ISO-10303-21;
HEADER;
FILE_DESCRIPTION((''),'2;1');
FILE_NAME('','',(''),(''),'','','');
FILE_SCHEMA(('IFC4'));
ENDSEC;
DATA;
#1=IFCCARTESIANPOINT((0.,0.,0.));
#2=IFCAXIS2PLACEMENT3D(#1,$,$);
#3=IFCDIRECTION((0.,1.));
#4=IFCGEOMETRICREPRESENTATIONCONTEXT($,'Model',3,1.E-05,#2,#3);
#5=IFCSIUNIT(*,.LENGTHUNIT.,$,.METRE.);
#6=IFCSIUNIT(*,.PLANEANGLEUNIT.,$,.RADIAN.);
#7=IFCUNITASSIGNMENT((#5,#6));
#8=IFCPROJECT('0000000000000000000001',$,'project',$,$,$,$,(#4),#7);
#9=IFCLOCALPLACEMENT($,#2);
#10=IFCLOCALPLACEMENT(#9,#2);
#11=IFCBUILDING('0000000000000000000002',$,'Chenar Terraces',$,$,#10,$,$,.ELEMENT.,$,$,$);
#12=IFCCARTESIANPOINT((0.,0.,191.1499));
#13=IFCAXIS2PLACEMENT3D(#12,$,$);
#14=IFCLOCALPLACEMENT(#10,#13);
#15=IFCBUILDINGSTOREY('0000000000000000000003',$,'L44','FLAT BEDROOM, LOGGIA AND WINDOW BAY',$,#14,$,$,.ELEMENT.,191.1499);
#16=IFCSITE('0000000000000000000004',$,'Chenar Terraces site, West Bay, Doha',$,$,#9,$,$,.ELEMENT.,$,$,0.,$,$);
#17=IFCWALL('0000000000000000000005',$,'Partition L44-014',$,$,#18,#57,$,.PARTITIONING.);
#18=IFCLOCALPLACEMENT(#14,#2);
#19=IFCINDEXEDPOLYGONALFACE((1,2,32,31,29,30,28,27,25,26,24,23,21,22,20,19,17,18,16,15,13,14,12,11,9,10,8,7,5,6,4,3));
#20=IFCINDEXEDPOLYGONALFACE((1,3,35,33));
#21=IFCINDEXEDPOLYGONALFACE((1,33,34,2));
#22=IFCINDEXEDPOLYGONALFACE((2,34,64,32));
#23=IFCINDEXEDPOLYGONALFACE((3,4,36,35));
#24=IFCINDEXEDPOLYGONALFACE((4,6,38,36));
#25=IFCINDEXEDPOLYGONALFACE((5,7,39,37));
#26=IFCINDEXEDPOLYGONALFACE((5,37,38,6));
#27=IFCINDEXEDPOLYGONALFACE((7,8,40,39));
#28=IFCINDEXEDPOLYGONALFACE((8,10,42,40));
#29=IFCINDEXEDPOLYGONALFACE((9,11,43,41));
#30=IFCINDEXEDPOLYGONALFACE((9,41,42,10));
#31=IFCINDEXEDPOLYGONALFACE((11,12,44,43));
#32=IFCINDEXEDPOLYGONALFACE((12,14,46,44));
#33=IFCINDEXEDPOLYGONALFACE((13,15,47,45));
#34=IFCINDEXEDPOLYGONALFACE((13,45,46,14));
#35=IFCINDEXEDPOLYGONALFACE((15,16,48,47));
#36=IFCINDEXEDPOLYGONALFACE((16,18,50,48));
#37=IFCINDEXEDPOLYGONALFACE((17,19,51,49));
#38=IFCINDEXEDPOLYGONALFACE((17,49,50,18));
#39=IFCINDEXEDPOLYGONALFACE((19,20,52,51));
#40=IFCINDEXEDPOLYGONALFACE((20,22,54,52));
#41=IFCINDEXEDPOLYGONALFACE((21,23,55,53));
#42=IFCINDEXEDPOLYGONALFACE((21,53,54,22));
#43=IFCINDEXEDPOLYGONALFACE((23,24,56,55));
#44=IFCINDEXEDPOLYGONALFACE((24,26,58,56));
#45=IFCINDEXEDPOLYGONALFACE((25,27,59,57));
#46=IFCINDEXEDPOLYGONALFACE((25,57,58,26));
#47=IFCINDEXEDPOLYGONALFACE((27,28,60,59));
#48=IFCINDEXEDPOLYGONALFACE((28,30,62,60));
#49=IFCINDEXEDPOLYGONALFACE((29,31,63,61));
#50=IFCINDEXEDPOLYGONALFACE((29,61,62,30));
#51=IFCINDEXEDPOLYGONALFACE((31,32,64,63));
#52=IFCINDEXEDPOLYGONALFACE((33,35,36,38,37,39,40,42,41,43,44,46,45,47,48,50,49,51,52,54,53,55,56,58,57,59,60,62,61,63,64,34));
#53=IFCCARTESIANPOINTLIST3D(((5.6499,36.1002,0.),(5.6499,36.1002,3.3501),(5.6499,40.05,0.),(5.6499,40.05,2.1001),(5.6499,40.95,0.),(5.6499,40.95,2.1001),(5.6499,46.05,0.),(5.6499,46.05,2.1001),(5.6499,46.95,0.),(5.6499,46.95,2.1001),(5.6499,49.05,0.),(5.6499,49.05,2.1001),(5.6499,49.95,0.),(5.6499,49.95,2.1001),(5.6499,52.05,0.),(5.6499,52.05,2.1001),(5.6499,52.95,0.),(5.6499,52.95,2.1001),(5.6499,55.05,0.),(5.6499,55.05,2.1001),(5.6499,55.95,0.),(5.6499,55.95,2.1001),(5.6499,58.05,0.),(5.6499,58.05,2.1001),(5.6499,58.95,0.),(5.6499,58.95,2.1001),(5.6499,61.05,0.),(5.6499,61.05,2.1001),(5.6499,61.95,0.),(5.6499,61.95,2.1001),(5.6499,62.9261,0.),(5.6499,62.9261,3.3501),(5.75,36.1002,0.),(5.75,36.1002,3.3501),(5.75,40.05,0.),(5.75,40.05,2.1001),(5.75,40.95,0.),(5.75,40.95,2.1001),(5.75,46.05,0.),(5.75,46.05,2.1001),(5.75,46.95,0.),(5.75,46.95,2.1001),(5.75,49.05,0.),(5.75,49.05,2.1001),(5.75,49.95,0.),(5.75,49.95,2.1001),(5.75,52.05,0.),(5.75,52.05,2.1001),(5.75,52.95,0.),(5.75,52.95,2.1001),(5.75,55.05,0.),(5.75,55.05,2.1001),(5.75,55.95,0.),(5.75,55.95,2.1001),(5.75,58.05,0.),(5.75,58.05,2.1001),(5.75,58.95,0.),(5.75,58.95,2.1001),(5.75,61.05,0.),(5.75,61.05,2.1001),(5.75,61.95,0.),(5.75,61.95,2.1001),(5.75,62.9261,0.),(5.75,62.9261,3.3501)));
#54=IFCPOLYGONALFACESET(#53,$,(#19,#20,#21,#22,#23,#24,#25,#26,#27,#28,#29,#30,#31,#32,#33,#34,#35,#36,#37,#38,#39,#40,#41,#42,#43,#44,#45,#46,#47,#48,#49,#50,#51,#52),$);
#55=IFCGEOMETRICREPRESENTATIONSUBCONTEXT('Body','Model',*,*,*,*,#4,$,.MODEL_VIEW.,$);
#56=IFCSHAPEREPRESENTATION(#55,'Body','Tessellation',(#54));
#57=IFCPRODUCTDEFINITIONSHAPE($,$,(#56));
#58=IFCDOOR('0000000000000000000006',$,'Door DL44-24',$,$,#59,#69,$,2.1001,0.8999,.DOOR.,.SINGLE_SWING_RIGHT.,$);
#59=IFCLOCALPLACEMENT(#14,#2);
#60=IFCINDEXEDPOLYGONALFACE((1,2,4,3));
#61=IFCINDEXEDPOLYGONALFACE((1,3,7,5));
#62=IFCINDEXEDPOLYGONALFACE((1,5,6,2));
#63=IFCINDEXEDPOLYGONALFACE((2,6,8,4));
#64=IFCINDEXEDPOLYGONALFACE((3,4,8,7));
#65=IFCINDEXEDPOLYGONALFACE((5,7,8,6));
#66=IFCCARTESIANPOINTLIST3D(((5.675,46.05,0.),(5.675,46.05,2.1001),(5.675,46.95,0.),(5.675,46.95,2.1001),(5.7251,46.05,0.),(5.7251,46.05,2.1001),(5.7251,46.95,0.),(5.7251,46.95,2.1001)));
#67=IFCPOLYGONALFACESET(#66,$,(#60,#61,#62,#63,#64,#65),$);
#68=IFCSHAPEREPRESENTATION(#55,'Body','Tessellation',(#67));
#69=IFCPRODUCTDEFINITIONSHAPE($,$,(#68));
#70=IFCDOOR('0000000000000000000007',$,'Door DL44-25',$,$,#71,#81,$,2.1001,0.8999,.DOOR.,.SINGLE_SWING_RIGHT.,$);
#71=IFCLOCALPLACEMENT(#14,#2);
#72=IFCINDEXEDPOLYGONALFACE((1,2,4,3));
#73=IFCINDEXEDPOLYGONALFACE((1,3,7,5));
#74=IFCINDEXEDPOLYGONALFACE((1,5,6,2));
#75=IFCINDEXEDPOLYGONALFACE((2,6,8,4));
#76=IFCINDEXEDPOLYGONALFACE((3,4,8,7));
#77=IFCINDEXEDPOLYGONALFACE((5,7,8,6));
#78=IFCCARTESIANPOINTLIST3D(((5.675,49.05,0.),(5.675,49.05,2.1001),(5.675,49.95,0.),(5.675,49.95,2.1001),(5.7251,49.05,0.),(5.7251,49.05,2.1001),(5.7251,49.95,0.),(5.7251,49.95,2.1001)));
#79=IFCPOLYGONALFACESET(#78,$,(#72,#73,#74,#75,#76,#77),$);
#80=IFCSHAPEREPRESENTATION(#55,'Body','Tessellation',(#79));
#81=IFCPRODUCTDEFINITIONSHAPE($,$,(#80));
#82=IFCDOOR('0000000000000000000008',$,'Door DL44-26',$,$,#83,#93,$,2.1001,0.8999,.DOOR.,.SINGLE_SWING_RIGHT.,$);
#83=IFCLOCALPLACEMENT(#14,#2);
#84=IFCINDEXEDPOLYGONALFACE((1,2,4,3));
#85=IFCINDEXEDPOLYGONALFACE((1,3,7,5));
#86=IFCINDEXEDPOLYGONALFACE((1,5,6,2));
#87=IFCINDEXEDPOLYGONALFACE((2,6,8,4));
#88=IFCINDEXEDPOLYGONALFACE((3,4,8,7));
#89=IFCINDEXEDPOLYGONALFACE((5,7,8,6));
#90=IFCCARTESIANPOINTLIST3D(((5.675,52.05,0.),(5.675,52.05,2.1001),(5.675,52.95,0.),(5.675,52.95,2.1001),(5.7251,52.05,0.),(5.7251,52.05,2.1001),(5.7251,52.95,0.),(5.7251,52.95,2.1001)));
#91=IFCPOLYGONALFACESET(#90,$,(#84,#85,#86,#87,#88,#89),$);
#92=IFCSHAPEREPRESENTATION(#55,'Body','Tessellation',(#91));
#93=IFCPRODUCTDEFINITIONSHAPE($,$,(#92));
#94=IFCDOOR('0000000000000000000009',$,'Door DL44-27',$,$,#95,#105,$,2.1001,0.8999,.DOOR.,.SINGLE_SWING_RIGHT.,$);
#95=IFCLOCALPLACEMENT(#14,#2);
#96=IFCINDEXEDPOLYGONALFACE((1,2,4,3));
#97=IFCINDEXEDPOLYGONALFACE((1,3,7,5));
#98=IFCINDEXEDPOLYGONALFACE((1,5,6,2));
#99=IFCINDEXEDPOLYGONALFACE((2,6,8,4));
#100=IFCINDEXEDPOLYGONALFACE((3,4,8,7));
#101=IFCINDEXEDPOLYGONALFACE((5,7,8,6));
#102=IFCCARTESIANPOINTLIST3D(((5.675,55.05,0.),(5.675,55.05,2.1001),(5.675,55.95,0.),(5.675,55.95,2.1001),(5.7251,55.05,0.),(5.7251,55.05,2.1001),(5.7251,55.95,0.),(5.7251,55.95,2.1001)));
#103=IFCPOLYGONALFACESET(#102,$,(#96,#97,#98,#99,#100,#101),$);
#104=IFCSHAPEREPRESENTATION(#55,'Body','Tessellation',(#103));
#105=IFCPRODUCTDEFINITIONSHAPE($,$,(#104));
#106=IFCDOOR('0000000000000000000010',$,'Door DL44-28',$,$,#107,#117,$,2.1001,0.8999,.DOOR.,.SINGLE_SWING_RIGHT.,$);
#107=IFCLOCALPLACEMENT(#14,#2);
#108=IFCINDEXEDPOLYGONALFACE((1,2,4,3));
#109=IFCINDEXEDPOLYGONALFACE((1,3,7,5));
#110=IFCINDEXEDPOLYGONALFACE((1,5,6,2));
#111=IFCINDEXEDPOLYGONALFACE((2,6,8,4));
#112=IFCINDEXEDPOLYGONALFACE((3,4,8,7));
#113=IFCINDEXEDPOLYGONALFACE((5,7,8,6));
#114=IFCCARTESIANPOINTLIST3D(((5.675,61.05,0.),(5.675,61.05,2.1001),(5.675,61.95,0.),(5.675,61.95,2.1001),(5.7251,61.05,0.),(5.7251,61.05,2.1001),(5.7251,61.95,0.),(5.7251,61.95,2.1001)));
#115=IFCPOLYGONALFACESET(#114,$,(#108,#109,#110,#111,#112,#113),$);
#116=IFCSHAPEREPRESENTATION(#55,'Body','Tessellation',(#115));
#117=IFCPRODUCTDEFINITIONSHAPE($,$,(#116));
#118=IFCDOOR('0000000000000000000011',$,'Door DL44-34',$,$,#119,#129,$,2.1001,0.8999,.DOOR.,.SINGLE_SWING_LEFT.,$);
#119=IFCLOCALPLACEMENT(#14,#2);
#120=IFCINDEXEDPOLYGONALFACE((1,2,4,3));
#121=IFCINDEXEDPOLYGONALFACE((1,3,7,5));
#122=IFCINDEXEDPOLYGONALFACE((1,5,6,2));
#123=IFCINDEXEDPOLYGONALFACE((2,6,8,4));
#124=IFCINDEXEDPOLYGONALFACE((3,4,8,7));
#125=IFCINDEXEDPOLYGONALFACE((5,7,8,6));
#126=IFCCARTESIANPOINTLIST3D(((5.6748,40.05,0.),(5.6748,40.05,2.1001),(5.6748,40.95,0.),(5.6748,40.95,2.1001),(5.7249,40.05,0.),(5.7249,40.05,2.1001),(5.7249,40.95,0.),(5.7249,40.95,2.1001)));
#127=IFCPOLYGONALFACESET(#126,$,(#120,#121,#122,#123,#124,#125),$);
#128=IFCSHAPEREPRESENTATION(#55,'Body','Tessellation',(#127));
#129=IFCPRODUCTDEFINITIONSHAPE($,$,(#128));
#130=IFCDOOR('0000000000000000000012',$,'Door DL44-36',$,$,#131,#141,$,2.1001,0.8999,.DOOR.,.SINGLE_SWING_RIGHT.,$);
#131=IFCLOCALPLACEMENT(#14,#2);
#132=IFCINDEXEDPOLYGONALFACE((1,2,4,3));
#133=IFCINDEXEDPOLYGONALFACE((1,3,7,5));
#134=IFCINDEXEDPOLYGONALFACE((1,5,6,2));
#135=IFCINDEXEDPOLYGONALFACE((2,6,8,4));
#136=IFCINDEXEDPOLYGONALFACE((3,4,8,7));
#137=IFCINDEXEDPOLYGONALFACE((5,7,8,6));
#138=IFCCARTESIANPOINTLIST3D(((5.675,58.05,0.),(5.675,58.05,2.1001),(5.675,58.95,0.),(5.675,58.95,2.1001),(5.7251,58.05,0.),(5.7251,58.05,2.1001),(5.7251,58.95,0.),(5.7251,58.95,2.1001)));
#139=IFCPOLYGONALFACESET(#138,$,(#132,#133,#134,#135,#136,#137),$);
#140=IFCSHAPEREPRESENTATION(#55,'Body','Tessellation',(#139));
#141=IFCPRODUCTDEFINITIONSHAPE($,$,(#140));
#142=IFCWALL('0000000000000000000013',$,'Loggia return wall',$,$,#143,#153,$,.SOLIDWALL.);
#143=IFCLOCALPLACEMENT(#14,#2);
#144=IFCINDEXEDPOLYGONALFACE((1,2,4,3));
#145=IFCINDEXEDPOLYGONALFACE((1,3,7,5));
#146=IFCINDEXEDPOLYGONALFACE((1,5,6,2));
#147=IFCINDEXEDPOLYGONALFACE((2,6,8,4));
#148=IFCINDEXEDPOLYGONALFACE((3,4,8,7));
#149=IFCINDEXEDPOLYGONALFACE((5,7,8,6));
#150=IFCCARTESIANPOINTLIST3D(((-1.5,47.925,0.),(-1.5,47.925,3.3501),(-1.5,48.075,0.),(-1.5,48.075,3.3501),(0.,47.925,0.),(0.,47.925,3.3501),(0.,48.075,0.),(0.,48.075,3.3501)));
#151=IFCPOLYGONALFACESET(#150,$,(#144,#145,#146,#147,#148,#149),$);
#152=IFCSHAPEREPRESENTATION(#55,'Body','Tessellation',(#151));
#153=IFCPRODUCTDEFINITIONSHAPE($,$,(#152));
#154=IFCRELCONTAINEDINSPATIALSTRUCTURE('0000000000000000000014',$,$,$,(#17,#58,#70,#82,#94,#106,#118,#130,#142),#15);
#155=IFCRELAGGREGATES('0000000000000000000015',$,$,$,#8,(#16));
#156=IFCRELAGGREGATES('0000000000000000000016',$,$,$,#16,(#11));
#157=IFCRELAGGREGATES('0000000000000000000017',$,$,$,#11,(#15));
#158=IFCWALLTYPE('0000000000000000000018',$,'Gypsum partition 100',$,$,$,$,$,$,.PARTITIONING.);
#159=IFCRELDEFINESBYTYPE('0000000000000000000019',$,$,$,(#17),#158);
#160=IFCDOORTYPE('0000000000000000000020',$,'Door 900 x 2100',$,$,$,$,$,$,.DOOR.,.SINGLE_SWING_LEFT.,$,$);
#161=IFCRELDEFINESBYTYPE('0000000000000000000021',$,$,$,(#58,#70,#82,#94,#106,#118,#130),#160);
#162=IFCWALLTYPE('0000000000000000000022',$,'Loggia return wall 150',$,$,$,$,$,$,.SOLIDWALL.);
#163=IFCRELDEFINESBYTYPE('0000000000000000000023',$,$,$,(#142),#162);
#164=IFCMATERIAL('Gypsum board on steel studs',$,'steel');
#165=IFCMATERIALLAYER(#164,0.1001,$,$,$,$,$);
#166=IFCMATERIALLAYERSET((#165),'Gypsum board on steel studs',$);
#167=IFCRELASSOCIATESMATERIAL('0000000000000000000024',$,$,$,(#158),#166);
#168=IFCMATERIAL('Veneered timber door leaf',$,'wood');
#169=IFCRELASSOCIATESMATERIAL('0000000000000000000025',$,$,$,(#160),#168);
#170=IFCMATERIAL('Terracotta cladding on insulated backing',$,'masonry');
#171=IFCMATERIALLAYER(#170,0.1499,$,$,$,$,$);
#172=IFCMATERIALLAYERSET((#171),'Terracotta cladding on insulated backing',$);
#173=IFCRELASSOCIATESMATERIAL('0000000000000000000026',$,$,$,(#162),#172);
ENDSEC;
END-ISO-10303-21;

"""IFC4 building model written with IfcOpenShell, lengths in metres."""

from ifc_helpers import new_model, si_unit, direction, frame, frame_2d, origin, place, context, subcontext, project, spatial, rectangle, extrude, material, layer, layer_set, type_object, element, fill, save


model = new_model("IFC4")

# Units and contexts
model_context = context("Model", 3, precision=1e-05, world=origin(), true_north=direction((0.0, 1.0)))
body_context = subcontext(model_context, "Body", "Model", "MODEL_VIEW")
ifc_project = project(units=[si_unit("LENGTHUNIT", "METRE"), si_unit("PLANEANGLEUNIT", "RADIAN")], contexts=[model_context])

# Site, building, storey
site_placement = place(None, origin())
site = spatial("IfcSite", under=ifc_project, at=site_placement, Name="Chenar Terraces site, West Bay, Doha", CompositionType="ELEMENT", RefElevation=0.0)
building_placement = place(site_placement, origin())
building = spatial("IfcBuilding", under=site, at=building_placement, Name="Chenar Terraces", CompositionType="ELEMENT")
storey_placement = place(building_placement, frame((0.0, 0.0, 191.1499)))
storey = spatial("IfcBuildingStorey", under=building, at=storey_placement, Name="L44", Description="FLAT BEDROOM, LOGGIA AND WINDOW BAY", CompositionType="ELEMENT", Elevation=191.1499)

# Shared definitions
ifc_material_1 = material(Name="Gypsum board on steel studs", Category="steel")
ifc_layer_1 = layer(ifc_material_1, 0.1001)
ifc_layer_set_1 = layer_set([ifc_layer_1], Name="Gypsum board on steel studs")
wall_type_1 = type_object("IfcWallType", Name="Gypsum partition 100", PredefinedType="PARTITIONING", material=ifc_layer_set_1)

# Wall, openings, doors
wall_1_placement = place(storey_placement, frame((5.7, 36.1001, 0.0), z_axis=(0.0, 0.0, 1.0), x_axis=(0.0, 1.0, 0.0)))
wall_1 = element("IfcWall", 1, at=wall_1_placement, inside=storey, type_object=wall_type_1, Name="Partition L44-014", PredefinedType="PARTITIONING", context=body_context, shape_type="SweptSolid", body=[
    extrude(rectangle(XDim=26.8259, YDim=0.1001, at=frame_2d((13.4131, 0.0))), origin(), (0.0, 0.0, 1.0), 3.3501),
])
opening_1_placement = place(wall_1_placement, frame((9.95, 0.0, 0.0)))
opening_1 = element("IfcOpeningElement", 2, at=opening_1_placement, cuts=wall_1, PredefinedType="OPENING", context=body_context, shape_type="SweptSolid", body=[
    extrude(rectangle(XDim=0.8999, YDim=2.1001, at=frame_2d((0.45, 1.05))), frame((0.0, 0.0601, 0.0), z_axis=(0.0, -1.0, 0.0), x_axis=(1.0, 0.0, 0.0)), (0.0, 0.0, 1.0), 0.1201),
])
opening_2_placement = place(wall_1_placement, frame((12.95, 0.0, 0.0)))
opening_2 = element("IfcOpeningElement", 3, at=opening_2_placement, cuts=wall_1, PredefinedType="OPENING", context=body_context, shape_type="SweptSolid", body=[
    extrude(rectangle(XDim=0.8999, YDim=2.1001, at=frame_2d((0.45, 1.05))), frame((0.0, 0.0601, 0.0), z_axis=(0.0, -1.0, 0.0), x_axis=(1.0, 0.0, 0.0)), (0.0, 0.0, 1.0), 0.1201),
])
opening_3_placement = place(wall_1_placement, frame((15.95, 0.0, 0.0)))
opening_3 = element("IfcOpeningElement", 4, at=opening_3_placement, cuts=wall_1, PredefinedType="OPENING", context=body_context, shape_type="SweptSolid", body=[
    extrude(rectangle(XDim=0.8999, YDim=2.1001, at=frame_2d((0.45, 1.05))), frame((0.0, 0.0601, 0.0), z_axis=(0.0, -1.0, 0.0), x_axis=(1.0, 0.0, 0.0)), (0.0, 0.0, 1.0), 0.1201),
])
opening_4_placement = place(wall_1_placement, frame((18.95, 0.0, 0.0)))
opening_4 = element("IfcOpeningElement", 5, at=opening_4_placement, cuts=wall_1, PredefinedType="OPENING", context=body_context, shape_type="SweptSolid", body=[
    extrude(rectangle(XDim=0.8999, YDim=2.1001, at=frame_2d((0.45, 1.05))), frame((0.0, 0.0601, 0.0), z_axis=(0.0, -1.0, 0.0), x_axis=(1.0, 0.0, 0.0)), (0.0, 0.0, 1.0), 0.1201),
])
opening_5_placement = place(wall_1_placement, frame((24.95, 0.0, 0.0)))
opening_5 = element("IfcOpeningElement", 6, at=opening_5_placement, cuts=wall_1, PredefinedType="OPENING", context=body_context, shape_type="SweptSolid", body=[
    extrude(rectangle(XDim=0.8999, YDim=2.1001, at=frame_2d((0.45, 1.05))), frame((0.0, 0.0601, 0.0), z_axis=(0.0, -1.0, 0.0), x_axis=(1.0, 0.0, 0.0)), (0.0, 0.0, 1.0), 0.1201),
])
opening_6_placement = place(wall_1_placement, frame((3.95, 0.0, 0.0)))
opening_6 = element("IfcOpeningElement", 7, at=opening_6_placement, cuts=wall_1, PredefinedType="OPENING", context=body_context, shape_type="SweptSolid", body=[
    extrude(rectangle(XDim=0.8999, YDim=2.1001, at=frame_2d((0.45, 1.05))), frame((0.0, 0.0601, 0.0), z_axis=(0.0, -1.0, 0.0), x_axis=(1.0, 0.0, 0.0)), (0.0, 0.0, 1.0), 0.1201),
])
opening_7_placement = place(wall_1_placement, frame((21.95, 0.0, 0.0)))
opening_7 = element("IfcOpeningElement", 8, at=opening_7_placement, cuts=wall_1, PredefinedType="OPENING", context=body_context, shape_type="SweptSolid", body=[
    extrude(rectangle(XDim=0.8999, YDim=2.1001, at=frame_2d((0.45, 1.05))), frame((0.0, 0.0601, 0.0), z_axis=(0.0, -1.0, 0.0), x_axis=(1.0, 0.0, 0.0)), (0.0, 0.0, 1.0), 0.1201),
])
ifc_material_2 = material(Name="Veneered timber door leaf", Category="wood")
door_type = type_object("IfcDoorType", Name="Door 900 x 2100", OperationType="SINGLE_SWING_LEFT", PredefinedType="DOOR", material=ifc_material_2)
door_1_placement = place(opening_1_placement, origin())
door_1 = element("IfcDoor", 9, at=door_1_placement, inside=storey, type_object=door_type, Name="Door DL44-24", OperationType="SINGLE_SWING_RIGHT", OverallHeight=2.1001, OverallWidth=0.8999, PredefinedType="DOOR", context=body_context, shape_type="SweptSolid", body=[
    extrude(rectangle(XDim=0.8999, YDim=2.1001, at=frame_2d((0.45, 1.05))), frame((0.0, 0.0249, 0.0), z_axis=(0.0, -1.0, 0.0), x_axis=(1.0, 0.0, 0.0)), (0.0, 0.0, 1.0), 0.05),
])
fill(opening_1, door_1)
door_2_placement = place(opening_2_placement, origin())
door_2 = element("IfcDoor", 10, at=door_2_placement, inside=storey, type_object=door_type, Name="Door DL44-25", OperationType="SINGLE_SWING_RIGHT", OverallHeight=2.1001, OverallWidth=0.8999, PredefinedType="DOOR", context=body_context, shape_type="SweptSolid", body=[
    extrude(rectangle(XDim=0.8999, YDim=2.1001, at=frame_2d((0.45, 1.05))), frame((0.0, 0.0249, 0.0), z_axis=(0.0, -1.0, 0.0), x_axis=(1.0, 0.0, 0.0)), (0.0, 0.0, 1.0), 0.05),
])
fill(opening_2, door_2)
door_3_placement = place(opening_3_placement, origin())
door_3 = element("IfcDoor", 11, at=door_3_placement, inside=storey, type_object=door_type, Name="Door DL44-26", OperationType="SINGLE_SWING_RIGHT", OverallHeight=2.1001, OverallWidth=0.8999, PredefinedType="DOOR", context=body_context, shape_type="SweptSolid", body=[
    extrude(rectangle(XDim=0.8999, YDim=2.1001, at=frame_2d((0.45, 1.05))), frame((0.0, 0.0249, 0.0), z_axis=(0.0, -1.0, 0.0), x_axis=(1.0, 0.0, 0.0)), (0.0, 0.0, 1.0), 0.05),
])
fill(opening_3, door_3)
door_4_placement = place(opening_4_placement, origin())
door_4 = element("IfcDoor", 12, at=door_4_placement, inside=storey, type_object=door_type, Name="Door DL44-27", OperationType="SINGLE_SWING_RIGHT", OverallHeight=2.1001, OverallWidth=0.8999, PredefinedType="DOOR", context=body_context, shape_type="SweptSolid", body=[
    extrude(rectangle(XDim=0.8999, YDim=2.1001, at=frame_2d((0.45, 1.05))), frame((0.0, 0.0249, 0.0), z_axis=(0.0, -1.0, 0.0), x_axis=(1.0, 0.0, 0.0)), (0.0, 0.0, 1.0), 0.05),
])
fill(opening_4, door_4)
door_5_placement = place(opening_5_placement, origin())
door_5 = element("IfcDoor", 13, at=door_5_placement, inside=storey, type_object=door_type, Name="Door DL44-28", OperationType="SINGLE_SWING_RIGHT", OverallHeight=2.1001, OverallWidth=0.8999, PredefinedType="DOOR", context=body_context, shape_type="SweptSolid", body=[
    extrude(rectangle(XDim=0.8999, YDim=2.1001, at=frame_2d((0.45, 1.05))), frame((0.0, 0.0249, 0.0), z_axis=(0.0, -1.0, 0.0), x_axis=(1.0, 0.0, 0.0)), (0.0, 0.0, 1.0), 0.05),
])
fill(opening_5, door_5)
door_6_placement = place(opening_6_placement, frame((0.8999, 0.0, 0.0), z_axis=(0.0, 0.0, 1.0), x_axis=(-1.0, 0.0, 0.0)))
door_6 = element("IfcDoor", 14, at=door_6_placement, inside=storey, type_object=door_type, Name="Door DL44-34", OperationType="SINGLE_SWING_LEFT", OverallHeight=2.1001, OverallWidth=0.8999, PredefinedType="DOOR", context=body_context, shape_type="SweptSolid", body=[
    extrude(rectangle(XDim=0.8999, YDim=2.1001, at=frame_2d((0.45, 1.05))), frame((0.0, 0.0249, 0.0), z_axis=(0.0, -1.0, 0.0), x_axis=(1.0, 0.0, 0.0)), (0.0, 0.0, 1.0), 0.05),
])
fill(opening_6, door_6)
door_7_placement = place(opening_7_placement, origin())
door_7 = element("IfcDoor", 15, at=door_7_placement, inside=storey, type_object=door_type, Name="Door DL44-36", OperationType="SINGLE_SWING_RIGHT", OverallHeight=2.1001, OverallWidth=0.8999, PredefinedType="DOOR", context=body_context, shape_type="SweptSolid", body=[
    extrude(rectangle(XDim=0.8999, YDim=2.1001, at=frame_2d((0.45, 1.05))), frame((0.0, 0.0249, 0.0), z_axis=(0.0, -1.0, 0.0), x_axis=(1.0, 0.0, 0.0)), (0.0, 0.0, 1.0), 0.05),
])
fill(opening_7, door_7)

# Wall
ifc_material_3 = material(Name="Terracotta cladding on insulated backing", Category="masonry")
ifc_layer_2 = layer(ifc_material_3, 0.1499)
ifc_layer_set_2 = layer_set([ifc_layer_2], Name="Terracotta cladding on insulated backing")
wall_type_2 = type_object("IfcWallType", Name="Loggia return wall 150", PredefinedType="SOLIDWALL", material=ifc_layer_set_2)
wall_2_placement = place(storey_placement, frame((-1.5, 48.0, 0.0), z_axis=(0.0, 0.0, 1.0), x_axis=(1.0, 0.0, 0.0)))
element("IfcWall", 16, at=wall_2_placement, inside=storey, type_object=wall_type_2, Name="Loggia return wall", PredefinedType="SOLIDWALL", context=body_context, shape_type="SweptSolid", body=[
    extrude(rectangle(XDim=1.5, YDim=0.1499, at=frame_2d((0.75, 0.0))), origin(), (0.0, 0.0, 1.0), 3.3501),
])

save(model, "model.ifc")
